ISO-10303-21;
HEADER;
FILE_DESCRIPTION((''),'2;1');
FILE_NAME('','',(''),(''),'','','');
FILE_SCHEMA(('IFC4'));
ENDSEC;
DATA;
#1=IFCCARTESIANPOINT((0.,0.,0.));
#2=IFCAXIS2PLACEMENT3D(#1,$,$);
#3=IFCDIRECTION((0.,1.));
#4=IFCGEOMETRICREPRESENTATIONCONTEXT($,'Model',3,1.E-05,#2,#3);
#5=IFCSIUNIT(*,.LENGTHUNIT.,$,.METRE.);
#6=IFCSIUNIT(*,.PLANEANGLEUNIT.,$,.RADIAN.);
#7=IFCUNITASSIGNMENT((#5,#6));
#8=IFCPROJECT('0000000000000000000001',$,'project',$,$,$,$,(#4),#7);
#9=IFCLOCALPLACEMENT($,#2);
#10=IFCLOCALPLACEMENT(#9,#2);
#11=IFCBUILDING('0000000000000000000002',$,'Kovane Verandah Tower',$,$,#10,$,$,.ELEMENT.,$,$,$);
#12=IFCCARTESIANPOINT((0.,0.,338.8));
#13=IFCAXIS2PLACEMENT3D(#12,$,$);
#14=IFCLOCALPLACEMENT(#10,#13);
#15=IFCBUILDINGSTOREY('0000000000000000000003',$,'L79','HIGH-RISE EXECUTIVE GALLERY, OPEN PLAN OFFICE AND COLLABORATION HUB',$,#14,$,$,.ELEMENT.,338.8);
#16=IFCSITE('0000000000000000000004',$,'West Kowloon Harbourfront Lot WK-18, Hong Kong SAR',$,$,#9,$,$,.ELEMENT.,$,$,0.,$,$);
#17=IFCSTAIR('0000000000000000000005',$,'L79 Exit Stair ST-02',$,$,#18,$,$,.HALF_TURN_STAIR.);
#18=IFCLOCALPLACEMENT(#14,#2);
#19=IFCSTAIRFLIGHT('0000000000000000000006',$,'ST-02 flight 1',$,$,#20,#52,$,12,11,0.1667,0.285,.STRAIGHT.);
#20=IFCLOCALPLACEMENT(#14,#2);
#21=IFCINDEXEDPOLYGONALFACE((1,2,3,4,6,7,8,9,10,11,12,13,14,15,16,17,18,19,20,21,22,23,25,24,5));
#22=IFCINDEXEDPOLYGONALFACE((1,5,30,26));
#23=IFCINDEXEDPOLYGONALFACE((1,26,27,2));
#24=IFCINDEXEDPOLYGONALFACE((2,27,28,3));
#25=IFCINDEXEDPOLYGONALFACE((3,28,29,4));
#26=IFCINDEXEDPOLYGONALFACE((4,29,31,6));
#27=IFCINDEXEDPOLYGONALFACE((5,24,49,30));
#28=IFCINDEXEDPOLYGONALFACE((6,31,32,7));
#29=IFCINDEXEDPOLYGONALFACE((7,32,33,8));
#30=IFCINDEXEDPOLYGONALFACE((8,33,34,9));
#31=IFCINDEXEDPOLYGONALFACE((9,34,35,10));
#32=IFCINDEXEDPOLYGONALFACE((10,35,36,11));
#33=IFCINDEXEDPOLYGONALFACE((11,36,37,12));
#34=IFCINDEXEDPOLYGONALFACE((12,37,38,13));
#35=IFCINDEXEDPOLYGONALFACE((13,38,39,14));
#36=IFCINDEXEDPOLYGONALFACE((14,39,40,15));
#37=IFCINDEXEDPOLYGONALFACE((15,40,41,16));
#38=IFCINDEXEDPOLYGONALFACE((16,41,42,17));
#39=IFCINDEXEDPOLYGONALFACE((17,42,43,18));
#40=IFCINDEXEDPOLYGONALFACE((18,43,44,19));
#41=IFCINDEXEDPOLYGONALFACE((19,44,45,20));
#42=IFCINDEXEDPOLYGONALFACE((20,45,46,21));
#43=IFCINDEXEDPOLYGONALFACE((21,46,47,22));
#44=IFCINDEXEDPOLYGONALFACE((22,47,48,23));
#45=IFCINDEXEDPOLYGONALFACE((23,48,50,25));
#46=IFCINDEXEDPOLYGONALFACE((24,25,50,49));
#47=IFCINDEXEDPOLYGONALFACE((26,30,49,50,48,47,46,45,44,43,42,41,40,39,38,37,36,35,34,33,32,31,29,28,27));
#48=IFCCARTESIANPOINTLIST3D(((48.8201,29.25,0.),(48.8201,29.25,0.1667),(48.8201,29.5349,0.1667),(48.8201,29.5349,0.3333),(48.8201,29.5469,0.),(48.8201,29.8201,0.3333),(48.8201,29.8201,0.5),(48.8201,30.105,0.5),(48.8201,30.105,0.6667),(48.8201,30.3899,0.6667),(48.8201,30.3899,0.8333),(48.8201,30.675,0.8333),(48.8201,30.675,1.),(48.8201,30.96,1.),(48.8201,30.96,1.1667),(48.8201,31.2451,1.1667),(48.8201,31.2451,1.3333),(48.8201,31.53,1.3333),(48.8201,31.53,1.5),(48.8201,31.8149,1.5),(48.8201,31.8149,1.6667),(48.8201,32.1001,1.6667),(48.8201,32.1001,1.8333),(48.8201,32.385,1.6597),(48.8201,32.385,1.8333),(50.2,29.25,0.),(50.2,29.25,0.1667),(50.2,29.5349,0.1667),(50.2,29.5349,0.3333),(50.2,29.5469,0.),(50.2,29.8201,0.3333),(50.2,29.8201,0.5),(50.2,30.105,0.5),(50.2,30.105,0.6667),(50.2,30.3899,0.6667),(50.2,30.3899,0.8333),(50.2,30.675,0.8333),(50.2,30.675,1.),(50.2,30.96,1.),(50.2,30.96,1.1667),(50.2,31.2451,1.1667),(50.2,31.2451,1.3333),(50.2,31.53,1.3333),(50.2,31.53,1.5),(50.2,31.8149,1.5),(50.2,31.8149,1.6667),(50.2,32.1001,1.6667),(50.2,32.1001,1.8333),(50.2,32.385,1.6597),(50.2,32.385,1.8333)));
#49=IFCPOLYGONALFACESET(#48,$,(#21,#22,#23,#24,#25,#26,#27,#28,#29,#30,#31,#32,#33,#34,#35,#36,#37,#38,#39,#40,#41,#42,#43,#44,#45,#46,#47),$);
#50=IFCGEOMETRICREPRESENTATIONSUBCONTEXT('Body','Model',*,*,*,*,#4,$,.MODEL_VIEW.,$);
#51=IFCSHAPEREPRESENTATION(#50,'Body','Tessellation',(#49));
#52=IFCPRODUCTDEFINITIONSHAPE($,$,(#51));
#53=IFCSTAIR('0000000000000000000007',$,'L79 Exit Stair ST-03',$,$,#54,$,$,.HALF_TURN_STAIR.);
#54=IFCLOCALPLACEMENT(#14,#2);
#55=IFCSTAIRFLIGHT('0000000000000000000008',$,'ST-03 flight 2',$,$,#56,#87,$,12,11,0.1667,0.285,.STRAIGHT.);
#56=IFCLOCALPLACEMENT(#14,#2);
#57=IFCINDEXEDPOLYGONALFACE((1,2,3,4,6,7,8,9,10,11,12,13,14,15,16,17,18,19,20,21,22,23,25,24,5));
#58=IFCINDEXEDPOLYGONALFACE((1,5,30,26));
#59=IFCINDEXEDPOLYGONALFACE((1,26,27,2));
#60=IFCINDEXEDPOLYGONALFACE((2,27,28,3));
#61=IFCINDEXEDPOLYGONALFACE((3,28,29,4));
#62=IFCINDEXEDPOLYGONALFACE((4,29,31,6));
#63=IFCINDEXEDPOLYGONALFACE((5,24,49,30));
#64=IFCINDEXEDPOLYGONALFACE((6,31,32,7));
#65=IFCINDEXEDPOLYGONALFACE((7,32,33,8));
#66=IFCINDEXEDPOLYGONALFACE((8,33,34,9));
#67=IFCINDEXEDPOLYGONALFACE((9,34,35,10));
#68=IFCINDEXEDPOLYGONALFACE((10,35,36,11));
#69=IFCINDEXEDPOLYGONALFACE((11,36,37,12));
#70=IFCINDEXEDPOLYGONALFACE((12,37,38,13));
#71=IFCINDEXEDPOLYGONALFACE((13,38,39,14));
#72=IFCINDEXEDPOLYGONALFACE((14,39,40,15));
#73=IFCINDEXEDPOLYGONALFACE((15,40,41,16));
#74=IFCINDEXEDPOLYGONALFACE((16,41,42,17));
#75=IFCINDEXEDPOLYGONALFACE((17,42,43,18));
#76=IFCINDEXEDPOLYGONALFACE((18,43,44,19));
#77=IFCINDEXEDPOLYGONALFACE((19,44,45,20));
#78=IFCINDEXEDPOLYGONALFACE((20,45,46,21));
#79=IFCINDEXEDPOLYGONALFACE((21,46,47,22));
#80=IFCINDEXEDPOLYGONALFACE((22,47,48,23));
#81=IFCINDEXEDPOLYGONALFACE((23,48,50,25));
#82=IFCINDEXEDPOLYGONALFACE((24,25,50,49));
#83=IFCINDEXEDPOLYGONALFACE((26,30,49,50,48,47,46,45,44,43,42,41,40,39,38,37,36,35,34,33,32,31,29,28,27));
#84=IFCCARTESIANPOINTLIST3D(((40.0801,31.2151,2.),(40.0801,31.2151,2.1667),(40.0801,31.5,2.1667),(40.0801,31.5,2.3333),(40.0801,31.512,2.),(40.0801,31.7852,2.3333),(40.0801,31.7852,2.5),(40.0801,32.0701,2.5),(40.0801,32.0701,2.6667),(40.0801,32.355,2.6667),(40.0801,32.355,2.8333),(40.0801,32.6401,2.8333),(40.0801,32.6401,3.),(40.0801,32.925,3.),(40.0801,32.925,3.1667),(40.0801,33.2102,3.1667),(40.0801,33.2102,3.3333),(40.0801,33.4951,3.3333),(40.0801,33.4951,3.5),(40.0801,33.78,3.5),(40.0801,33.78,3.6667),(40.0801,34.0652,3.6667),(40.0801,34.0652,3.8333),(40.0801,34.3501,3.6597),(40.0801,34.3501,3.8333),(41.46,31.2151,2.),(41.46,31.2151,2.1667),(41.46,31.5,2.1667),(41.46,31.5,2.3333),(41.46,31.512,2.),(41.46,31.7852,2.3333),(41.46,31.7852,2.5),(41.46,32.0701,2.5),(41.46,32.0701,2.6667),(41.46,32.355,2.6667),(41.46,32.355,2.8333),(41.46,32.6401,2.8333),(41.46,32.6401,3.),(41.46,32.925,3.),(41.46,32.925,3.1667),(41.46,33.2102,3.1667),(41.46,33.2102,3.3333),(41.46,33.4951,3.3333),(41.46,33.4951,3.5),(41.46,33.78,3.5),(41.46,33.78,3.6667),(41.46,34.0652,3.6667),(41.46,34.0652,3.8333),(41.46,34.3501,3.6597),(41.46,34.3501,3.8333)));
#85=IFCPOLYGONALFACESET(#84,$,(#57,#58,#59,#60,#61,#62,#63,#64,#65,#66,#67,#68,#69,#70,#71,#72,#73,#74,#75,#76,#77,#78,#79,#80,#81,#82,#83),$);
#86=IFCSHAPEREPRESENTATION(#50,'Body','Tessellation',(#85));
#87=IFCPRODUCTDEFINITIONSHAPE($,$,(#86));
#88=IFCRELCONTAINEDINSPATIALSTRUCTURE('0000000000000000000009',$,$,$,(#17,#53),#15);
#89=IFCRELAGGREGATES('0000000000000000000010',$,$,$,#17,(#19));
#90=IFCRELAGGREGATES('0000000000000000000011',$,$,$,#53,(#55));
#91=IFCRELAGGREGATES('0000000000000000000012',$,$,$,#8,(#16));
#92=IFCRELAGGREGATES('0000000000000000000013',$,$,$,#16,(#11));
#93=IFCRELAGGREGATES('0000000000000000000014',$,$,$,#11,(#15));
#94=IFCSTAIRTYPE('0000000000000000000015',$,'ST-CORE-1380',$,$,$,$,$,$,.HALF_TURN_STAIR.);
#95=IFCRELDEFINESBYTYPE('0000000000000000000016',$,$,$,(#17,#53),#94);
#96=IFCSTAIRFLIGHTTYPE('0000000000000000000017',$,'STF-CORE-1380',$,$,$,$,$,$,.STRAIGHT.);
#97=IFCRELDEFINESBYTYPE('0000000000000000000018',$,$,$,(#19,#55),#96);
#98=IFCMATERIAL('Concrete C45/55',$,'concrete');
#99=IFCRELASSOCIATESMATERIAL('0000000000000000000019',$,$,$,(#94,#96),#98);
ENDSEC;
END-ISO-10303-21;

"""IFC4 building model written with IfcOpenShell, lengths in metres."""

from ifc_helpers import new_model, si_unit, direction, frame, origin, place, context, subcontext, project, spatial, polyline, outline, extrude, material, type_object, element, aggregate, save


model = new_model("IFC4")

# Units and contexts
model_context = context("Model", 3, precision=1e-05, world=origin(), true_north=direction((0.0, 1.0)))
body_context = subcontext(model_context, "Body", "Model", "MODEL_VIEW")
ifc_project = project(units=[si_unit("LENGTHUNIT", "METRE"), si_unit("PLANEANGLEUNIT", "RADIAN")], contexts=[model_context])

# Site, building, storey
site_placement = place(None, origin())
site = spatial("IfcSite", under=ifc_project, at=site_placement, Name="West Kowloon Harbourfront Lot WK-18, Hong Kong SAR", CompositionType="ELEMENT", RefElevation=0.0)
building_placement = place(site_placement, origin())
building = spatial("IfcBuilding", under=site, at=building_placement, Name="Kovane Verandah Tower", CompositionType="ELEMENT")
storey_placement = place(building_placement, frame((0.0, 0.0, 338.8)))
storey = spatial("IfcBuildingStorey", under=building, at=storey_placement, Name="L79", Description="HIGH-RISE EXECUTIVE GALLERY, OPEN PLAN OFFICE AND COLLABORATION HUB", CompositionType="ELEMENT", Elevation=338.8)

# Shared definitions
ifc_material_1 = material(Name="Concrete C45/55", Category="concrete")

# Stairs, stair flights
stair_type = type_object("IfcStairType", Name="ST-CORE-1380", PredefinedType="HALF_TURN_STAIR", material=ifc_material_1)
stair_1_placement = place(storey_placement, origin())
stair_1 = element("IfcStair", 1, at=stair_1_placement, inside=storey, type_object=stair_type, Name="L79 Exit Stair ST-02", PredefinedType="HALF_TURN_STAIR")
stair_flight_type = type_object("IfcStairFlightType", Name="STF-CORE-1380", PredefinedType="STRAIGHT", material=ifc_material_1)
stair_flight_1_placement = place(storey_placement, frame((49.51, 29.25, 0.0), z_axis=(0.0, 0.0, 1.0), x_axis=(0.0, 1.0, 0.0)))
stair_flight_1 = element("IfcStairFlight", 2, at=stair_flight_1_placement, type_object=stair_flight_type, Name="ST-02 flight 1", NumberOfRisers=12, NumberOfTreads=11, PredefinedType="STRAIGHT", RiserHeight=0.1667, TreadLength=0.285, context=body_context, shape_type="SweptSolid", body=[
    extrude(outline(polyline([(0.0, 0.0), (0.0, 0.1667), (0.2849, 0.1667), (0.2849, 0.3333), (0.5701, 0.3333), (0.5701, 0.5), (0.855, 0.5), (0.855, 0.6667), (1.1399, 0.6667), (1.1399, 0.8333), (1.425, 0.8333), (1.425, 1.0), (1.71, 1.0), (1.71, 1.1667), (1.9951, 1.1667), (1.9951, 1.3333), (2.28, 1.3333), (2.28, 1.5), (2.5649, 1.5), (2.5649, 1.6667), (2.8501, 1.6667), (2.8501, 1.8333), (3.135, 1.8333), (3.135, 2.0), (3.135, 1.6597), (0.2969, 0.0), (0.0, 0.0)])), frame((0.0, 0.6899, 0.0), z_axis=(0.0, -1.0, 0.0), x_axis=(1.0, 0.0, 0.0)), (0.0, 0.0, 1.0), 1.3799),
])
aggregate(stair_1, [stair_flight_1])
stair_2_placement = place(storey_placement, origin())
stair_2 = element("IfcStair", 3, at=stair_2_placement, inside=storey, type_object=stair_type, Name="L79 Exit Stair ST-03", PredefinedType="HALF_TURN_STAIR")
stair_flight_2_placement = place(storey_placement, frame((40.77, 31.2151, 2.0), z_axis=(0.0, 0.0, 1.0), x_axis=(0.0, 1.0, 0.0)))
stair_flight_2 = element("IfcStairFlight", 4, at=stair_flight_2_placement, type_object=stair_flight_type, Name="ST-03 flight 2", NumberOfRisers=12, NumberOfTreads=11, PredefinedType="STRAIGHT", RiserHeight=0.1667, TreadLength=0.285, context=body_context, shape_type="SweptSolid", body=[
    extrude(outline(polyline([(0.0, 0.0), (0.0, 0.1667), (0.2849, 0.1667), (0.2849, 0.3333), (0.5701, 0.3333), (0.5701, 0.5), (0.855, 0.5), (0.855, 0.6667), (1.1399, 0.6667), (1.1399, 0.8333), (1.425, 0.8333), (1.425, 1.0), (1.71, 1.0), (1.71, 1.1667), (1.9951, 1.1667), (1.9951, 1.3333), (2.28, 1.3333), (2.28, 1.5), (2.5649, 1.5), (2.5649, 1.6667), (2.8501, 1.6667), (2.8501, 1.8333), (3.135, 1.8333), (3.135, 2.0), (3.135, 1.6597), (0.2969, 0.0), (0.0, 0.0)])), frame((0.0, 0.6899, 0.0), z_axis=(0.0, -1.0, 0.0), x_axis=(1.0, 0.0, 0.0)), (0.0, 0.0, 1.0), 1.3799),
])
aggregate(stair_2, [stair_flight_2])

save(model, "model.ifc")
